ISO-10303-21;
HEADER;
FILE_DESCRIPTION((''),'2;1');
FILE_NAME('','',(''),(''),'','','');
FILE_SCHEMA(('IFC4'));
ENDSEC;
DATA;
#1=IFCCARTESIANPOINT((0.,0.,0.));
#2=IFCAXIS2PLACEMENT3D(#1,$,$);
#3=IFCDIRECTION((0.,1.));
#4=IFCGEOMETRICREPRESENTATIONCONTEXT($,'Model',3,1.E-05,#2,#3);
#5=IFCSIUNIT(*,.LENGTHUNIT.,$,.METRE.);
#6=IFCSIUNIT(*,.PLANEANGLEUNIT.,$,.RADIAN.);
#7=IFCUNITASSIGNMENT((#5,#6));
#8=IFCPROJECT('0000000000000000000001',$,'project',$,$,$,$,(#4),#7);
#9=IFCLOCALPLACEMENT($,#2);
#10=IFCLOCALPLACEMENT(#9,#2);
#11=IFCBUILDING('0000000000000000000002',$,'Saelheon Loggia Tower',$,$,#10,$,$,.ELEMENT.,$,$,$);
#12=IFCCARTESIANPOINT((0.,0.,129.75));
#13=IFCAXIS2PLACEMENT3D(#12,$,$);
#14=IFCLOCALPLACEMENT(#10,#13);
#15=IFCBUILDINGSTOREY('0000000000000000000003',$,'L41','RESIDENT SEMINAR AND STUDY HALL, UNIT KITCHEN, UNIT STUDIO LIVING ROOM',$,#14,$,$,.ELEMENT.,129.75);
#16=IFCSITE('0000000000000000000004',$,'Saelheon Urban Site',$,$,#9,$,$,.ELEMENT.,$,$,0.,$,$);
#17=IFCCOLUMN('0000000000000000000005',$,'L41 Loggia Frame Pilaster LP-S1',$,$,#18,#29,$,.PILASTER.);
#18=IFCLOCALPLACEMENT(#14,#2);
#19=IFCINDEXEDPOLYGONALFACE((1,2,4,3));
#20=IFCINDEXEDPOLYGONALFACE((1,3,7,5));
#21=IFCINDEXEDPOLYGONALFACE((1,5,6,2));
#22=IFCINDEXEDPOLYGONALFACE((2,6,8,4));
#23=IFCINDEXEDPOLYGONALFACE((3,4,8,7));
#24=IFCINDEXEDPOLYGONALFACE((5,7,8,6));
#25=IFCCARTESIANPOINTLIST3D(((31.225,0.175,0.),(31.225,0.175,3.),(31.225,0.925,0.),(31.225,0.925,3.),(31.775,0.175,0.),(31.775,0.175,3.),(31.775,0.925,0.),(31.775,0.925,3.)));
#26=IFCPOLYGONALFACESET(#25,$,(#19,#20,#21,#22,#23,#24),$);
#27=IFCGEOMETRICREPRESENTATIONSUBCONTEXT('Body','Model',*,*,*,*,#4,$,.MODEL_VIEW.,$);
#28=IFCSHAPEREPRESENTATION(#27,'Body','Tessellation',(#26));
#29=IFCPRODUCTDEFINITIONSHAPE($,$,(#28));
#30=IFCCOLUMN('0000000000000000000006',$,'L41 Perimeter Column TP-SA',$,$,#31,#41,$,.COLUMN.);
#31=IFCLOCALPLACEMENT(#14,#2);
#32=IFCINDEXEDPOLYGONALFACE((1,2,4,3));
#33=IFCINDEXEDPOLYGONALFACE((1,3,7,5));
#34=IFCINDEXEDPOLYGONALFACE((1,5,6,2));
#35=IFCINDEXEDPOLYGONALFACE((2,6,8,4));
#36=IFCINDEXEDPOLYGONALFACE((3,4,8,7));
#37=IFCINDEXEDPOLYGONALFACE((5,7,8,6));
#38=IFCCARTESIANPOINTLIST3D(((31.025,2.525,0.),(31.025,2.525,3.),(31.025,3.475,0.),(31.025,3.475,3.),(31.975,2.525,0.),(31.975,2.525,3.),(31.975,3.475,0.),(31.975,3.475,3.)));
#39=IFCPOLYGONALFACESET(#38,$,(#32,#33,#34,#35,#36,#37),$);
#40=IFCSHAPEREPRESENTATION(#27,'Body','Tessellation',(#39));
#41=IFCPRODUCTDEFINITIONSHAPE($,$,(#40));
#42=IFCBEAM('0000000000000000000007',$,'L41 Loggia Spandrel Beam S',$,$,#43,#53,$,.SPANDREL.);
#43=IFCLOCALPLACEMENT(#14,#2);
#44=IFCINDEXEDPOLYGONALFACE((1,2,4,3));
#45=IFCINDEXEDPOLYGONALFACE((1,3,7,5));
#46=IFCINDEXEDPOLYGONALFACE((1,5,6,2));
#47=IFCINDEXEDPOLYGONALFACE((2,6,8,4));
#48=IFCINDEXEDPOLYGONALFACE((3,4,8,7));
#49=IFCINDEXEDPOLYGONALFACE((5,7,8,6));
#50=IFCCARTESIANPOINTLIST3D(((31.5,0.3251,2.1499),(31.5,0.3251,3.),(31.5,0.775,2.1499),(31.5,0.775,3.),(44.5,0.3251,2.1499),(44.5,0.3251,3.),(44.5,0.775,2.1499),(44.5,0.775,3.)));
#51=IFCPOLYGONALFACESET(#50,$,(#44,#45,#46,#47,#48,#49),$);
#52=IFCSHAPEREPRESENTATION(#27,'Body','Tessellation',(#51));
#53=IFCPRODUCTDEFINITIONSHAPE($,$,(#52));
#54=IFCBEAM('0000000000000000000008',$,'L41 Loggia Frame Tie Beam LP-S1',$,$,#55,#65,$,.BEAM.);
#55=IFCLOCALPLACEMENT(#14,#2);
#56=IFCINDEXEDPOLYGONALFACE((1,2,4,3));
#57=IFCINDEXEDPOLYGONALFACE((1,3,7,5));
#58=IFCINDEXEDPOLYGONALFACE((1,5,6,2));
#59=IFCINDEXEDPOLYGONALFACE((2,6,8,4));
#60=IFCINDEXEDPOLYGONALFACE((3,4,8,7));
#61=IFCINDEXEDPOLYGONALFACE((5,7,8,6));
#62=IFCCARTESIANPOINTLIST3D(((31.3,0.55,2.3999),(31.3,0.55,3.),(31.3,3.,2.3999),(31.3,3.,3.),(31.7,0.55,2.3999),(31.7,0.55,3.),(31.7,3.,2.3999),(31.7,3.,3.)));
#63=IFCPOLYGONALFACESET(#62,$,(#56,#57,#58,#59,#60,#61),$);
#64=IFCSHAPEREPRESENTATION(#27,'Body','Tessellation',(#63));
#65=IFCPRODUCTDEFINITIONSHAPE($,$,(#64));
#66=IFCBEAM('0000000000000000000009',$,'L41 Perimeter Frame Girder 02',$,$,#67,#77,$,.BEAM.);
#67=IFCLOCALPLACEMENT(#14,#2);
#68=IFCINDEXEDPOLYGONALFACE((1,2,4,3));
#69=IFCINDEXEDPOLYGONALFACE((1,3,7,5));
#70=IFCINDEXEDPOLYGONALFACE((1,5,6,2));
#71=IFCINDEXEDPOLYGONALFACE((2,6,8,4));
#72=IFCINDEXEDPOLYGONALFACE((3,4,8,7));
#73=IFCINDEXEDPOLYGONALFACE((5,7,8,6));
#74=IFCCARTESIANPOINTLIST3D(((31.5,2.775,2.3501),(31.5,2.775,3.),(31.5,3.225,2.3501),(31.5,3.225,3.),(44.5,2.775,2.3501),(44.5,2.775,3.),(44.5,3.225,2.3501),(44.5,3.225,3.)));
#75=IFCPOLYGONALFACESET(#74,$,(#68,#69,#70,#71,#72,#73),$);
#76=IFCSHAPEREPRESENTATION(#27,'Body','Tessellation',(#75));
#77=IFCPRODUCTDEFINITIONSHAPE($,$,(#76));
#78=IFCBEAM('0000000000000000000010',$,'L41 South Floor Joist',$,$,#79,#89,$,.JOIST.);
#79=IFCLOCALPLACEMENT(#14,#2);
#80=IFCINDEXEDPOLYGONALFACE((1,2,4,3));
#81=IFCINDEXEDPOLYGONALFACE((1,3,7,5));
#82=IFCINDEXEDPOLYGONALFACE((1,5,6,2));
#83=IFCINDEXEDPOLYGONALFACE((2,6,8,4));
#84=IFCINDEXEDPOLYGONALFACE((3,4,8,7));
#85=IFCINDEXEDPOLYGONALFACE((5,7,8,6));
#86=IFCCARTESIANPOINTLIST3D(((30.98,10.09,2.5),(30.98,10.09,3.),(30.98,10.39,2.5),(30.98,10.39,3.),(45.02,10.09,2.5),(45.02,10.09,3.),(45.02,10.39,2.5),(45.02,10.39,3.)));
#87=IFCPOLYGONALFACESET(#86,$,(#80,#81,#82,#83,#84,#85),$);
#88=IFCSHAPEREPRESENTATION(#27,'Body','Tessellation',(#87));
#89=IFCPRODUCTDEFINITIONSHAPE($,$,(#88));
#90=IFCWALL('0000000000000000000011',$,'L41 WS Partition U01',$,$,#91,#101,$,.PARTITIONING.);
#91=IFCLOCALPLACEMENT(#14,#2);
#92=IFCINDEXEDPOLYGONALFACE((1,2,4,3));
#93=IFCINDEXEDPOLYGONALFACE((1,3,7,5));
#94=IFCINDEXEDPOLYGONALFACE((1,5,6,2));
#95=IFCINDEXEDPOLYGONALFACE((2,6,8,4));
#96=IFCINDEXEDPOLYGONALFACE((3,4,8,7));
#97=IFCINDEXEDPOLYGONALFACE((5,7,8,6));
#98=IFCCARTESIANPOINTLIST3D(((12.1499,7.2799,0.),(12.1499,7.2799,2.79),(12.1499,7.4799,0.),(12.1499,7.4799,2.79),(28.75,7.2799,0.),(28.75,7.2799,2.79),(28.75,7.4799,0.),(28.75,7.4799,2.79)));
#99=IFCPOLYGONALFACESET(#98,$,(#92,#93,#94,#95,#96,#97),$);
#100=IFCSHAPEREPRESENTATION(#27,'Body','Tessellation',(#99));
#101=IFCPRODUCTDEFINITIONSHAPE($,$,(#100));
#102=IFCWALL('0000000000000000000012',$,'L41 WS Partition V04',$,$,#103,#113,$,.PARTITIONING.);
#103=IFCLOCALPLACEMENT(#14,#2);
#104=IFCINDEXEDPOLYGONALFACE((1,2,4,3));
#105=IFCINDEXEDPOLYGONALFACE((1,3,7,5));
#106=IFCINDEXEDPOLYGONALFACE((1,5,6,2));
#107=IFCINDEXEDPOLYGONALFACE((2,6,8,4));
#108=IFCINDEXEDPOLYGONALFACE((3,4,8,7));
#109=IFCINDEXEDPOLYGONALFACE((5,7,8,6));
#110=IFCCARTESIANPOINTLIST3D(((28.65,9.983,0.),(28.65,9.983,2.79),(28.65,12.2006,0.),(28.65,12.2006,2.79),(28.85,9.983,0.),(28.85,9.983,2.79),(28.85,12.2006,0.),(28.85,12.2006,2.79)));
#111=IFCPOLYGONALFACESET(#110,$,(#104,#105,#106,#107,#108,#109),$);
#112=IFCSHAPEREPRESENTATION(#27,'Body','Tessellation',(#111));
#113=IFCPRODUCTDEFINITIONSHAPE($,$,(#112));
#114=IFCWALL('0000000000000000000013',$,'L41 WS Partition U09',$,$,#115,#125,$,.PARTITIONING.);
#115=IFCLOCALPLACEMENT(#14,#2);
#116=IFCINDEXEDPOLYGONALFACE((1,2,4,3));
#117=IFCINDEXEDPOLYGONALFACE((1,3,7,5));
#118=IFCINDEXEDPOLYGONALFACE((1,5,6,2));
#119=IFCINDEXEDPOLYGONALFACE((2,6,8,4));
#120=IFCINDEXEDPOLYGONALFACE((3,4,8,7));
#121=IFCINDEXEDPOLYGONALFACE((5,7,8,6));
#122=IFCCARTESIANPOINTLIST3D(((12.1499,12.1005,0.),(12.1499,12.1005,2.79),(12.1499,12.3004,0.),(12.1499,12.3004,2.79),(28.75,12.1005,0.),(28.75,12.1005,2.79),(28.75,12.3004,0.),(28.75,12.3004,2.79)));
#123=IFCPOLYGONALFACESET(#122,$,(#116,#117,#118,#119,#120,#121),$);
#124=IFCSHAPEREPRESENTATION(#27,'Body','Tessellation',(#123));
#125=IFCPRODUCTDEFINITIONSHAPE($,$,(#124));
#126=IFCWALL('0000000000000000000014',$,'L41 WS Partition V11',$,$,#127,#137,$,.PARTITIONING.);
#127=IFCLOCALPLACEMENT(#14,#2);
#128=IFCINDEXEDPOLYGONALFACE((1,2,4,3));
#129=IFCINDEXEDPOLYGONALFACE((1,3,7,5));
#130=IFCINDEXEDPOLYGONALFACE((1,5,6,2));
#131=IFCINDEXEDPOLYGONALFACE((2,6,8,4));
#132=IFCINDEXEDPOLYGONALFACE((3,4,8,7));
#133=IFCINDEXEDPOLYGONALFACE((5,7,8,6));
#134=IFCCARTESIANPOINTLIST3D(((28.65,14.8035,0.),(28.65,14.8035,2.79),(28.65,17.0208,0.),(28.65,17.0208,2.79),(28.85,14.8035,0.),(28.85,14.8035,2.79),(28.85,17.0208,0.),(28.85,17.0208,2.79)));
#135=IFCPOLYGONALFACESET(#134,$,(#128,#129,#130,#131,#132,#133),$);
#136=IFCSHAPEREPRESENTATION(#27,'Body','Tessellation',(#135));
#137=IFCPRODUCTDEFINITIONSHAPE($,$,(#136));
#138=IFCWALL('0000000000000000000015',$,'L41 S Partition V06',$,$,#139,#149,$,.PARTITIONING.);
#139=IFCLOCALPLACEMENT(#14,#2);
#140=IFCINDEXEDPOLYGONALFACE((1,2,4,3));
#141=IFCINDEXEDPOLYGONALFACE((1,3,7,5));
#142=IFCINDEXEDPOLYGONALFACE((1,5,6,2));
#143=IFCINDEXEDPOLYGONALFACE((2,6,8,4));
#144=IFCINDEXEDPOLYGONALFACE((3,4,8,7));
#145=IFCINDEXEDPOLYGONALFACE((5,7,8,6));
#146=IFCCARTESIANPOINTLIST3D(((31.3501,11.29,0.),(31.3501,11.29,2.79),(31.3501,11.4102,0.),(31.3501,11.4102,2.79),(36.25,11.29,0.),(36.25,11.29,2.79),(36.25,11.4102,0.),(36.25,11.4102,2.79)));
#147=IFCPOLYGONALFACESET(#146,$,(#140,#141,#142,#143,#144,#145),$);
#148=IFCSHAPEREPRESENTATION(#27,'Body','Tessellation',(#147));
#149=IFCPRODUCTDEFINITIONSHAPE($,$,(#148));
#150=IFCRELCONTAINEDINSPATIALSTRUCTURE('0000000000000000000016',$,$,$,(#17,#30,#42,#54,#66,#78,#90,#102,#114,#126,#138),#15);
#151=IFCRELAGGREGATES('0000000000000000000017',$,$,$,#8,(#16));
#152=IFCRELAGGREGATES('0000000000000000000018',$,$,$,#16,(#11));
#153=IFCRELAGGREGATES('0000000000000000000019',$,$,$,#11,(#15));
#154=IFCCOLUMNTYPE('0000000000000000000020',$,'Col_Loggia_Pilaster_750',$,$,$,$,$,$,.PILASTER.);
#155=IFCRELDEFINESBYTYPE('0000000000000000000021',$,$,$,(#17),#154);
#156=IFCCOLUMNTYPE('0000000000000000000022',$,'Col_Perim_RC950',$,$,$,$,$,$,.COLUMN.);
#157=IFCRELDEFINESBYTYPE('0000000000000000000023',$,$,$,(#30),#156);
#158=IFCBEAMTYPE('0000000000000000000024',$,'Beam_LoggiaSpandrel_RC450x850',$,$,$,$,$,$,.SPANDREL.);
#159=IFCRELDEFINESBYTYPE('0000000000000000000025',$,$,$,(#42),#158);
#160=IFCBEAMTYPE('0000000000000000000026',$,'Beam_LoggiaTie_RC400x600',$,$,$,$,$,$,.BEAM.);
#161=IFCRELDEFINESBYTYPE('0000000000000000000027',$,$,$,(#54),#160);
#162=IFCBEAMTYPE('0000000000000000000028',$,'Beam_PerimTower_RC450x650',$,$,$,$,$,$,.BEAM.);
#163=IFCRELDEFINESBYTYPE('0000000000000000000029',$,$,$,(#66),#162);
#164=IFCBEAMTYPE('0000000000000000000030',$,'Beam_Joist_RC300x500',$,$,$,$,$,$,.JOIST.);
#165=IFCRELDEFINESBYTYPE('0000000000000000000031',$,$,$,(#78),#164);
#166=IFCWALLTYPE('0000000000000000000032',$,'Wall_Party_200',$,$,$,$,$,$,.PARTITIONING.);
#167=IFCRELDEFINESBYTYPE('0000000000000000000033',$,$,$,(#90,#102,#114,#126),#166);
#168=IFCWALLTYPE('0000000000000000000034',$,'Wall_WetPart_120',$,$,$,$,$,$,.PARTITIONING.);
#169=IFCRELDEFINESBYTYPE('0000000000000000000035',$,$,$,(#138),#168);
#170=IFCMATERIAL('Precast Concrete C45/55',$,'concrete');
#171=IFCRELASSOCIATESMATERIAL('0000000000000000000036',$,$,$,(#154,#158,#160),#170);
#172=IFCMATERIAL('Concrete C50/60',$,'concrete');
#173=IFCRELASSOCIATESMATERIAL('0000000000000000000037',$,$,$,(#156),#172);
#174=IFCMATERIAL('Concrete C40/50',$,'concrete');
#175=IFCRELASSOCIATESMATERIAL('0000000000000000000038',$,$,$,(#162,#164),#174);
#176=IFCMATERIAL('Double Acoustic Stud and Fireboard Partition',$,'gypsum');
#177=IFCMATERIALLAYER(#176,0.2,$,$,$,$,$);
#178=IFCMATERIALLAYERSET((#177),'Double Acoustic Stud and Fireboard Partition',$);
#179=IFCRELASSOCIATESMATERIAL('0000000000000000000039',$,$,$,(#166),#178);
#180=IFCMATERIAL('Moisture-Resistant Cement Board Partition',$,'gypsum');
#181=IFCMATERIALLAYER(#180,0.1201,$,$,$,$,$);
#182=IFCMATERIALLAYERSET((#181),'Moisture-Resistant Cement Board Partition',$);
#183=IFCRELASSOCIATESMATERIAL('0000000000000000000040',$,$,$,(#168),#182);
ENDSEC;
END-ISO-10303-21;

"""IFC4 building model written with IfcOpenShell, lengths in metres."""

from ifc_helpers import new_model, si_unit, direction, frame, frame_2d, origin, origin_2d, place, context, subcontext, project, spatial, rectangle, extrude, source, transform, mapped, material, layer, layer_set, material_profile, profile_set, type_object, element, save


model = new_model("IFC4")

# Units and contexts
model_context = context("Model", 3, precision=1e-05, world=origin(), true_north=direction((0.0, 1.0)))
body_context = subcontext(model_context, "Body", "Model", "MODEL_VIEW")
ifc_project = project(units=[si_unit("LENGTHUNIT", "METRE"), si_unit("PLANEANGLEUNIT", "RADIAN")], contexts=[model_context])

# Site, building, storey
site_placement = place(None, origin())
site = spatial("IfcSite", under=ifc_project, at=site_placement, Name="Saelheon Urban Site", CompositionType="ELEMENT", RefElevation=0.0)
building_placement = place(site_placement, origin())
building = spatial("IfcBuilding", under=site, at=building_placement, Name="Saelheon Loggia Tower", CompositionType="ELEMENT")
storey_placement = place(building_placement, frame((0.0, 0.0, 129.75)))
storey = spatial("IfcBuildingStorey", under=building, at=storey_placement, Name="L41", Description="RESIDENT SEMINAR AND STUDY HALL, UNIT KITCHEN, UNIT STUDIO LIVING ROOM", CompositionType="ELEMENT", Elevation=129.75)

# Columns
ifc_material_1 = material(Name="Precast Concrete C45/55", Category="concrete")
ifc_material_profile_1 = material_profile(ifc_material_1, rectangle(XDim=0.55, YDim=0.75, at=origin_2d()), Name="RC-550x750")
ifc_profile_set_1 = profile_set([ifc_material_profile_1], Name="Precast Concrete C45/55")
column_type_1 = type_object("IfcColumnType", Name="Col_Loggia_Pilaster_750", PredefinedType="PILASTER", material=ifc_profile_set_1)
shared_shape_1 = source(origin(), body_context, "Body", "SweptSolid", [
    extrude(rectangle(XDim=0.55, YDim=0.75, at=origin_2d()), origin(), (0.0, 0.0, 1.0), 3.0),
])
column_1_placement = place(storey_placement, frame((31.5, 0.55, 0.0), z_axis=(0.0, 0.0, 1.0), x_axis=(1.0, 0.0, 0.0)))
element("IfcColumn", 1, at=column_1_placement, inside=storey, type_object=column_type_1, Name="L41 Loggia Frame Pilaster LP-S1", PredefinedType="PILASTER", context=body_context, shape_type="MappedRepresentation", body=[
    mapped(shared_shape_1, transform((0.0, 0.0, 0.0), scale=1.0)),
])
ifc_material_2 = material(Name="Concrete C50/60", Category="concrete")
ifc_material_profile_2 = material_profile(ifc_material_2, rectangle(XDim=0.95, YDim=0.95, at=origin_2d()), Name="RC-950x950")
ifc_profile_set_2 = profile_set([ifc_material_profile_2], Name="Concrete C50/60")
column_type_2 = type_object("IfcColumnType", Name="Col_Perim_RC950", PredefinedType="COLUMN", material=ifc_profile_set_2)
shared_shape_2 = source(origin(), body_context, "Body", "SweptSolid", [
    extrude(rectangle(XDim=0.95, YDim=0.95, at=origin_2d()), origin(), (0.0, 0.0, 1.0), 3.0),
])
column_2_placement = place(storey_placement, frame((31.5, 3.0, 0.0), z_axis=(0.0, 0.0, 1.0), x_axis=(1.0, 0.0, 0.0)))
element("IfcColumn", 2, at=column_2_placement, inside=storey, type_object=column_type_2, Name="L41 Perimeter Column TP-SA", PredefinedType="COLUMN", context=body_context, shape_type="MappedRepresentation", body=[
    mapped(shared_shape_2, transform((0.0, 0.0, 0.0), scale=1.0)),
])

# Beams
ifc_material_profile_3 = material_profile(ifc_material_1, rectangle(XDim=0.45, YDim=0.8501, at=origin_2d()), Name="RC-450x850")
ifc_profile_set_3 = profile_set([ifc_material_profile_3], Name="Precast Concrete C45/55")
beam_type_1 = type_object("IfcBeamType", Name="Beam_LoggiaSpandrel_RC450x850", PredefinedType="SPANDREL", material=ifc_profile_set_3)
shared_shape_3 = source(origin(), body_context, "Body", "SweptSolid", [
    extrude(rectangle(XDim=0.45, YDim=0.8501, at=origin_2d()), origin(), (0.0, 0.0, 1.0), 13.0),
])
beam_1_placement = place(storey_placement, frame((31.5, 0.55, 2.575), z_axis=(1.0, 0.0, 0.0), x_axis=(0.0, 1.0, 0.0)))
element("IfcBeam", 3, at=beam_1_placement, inside=storey, type_object=beam_type_1, Name="L41 Loggia Spandrel Beam S", PredefinedType="SPANDREL", context=body_context, shape_type="MappedRepresentation", body=[
    mapped(shared_shape_3, transform((0.0, 0.0, 0.0), scale=1.0)),
])
ifc_material_profile_4 = material_profile(ifc_material_1, rectangle(XDim=0.3999, YDim=0.6001, at=origin_2d()), Name="RC-400x600")
ifc_profile_set_4 = profile_set([ifc_material_profile_4], Name="Precast Concrete C45/55")
beam_type_2 = type_object("IfcBeamType", Name="Beam_LoggiaTie_RC400x600", PredefinedType="BEAM", material=ifc_profile_set_4)
shared_shape_4 = source(origin(), body_context, "Body", "SweptSolid", [
    extrude(rectangle(XDim=0.3999, YDim=0.6001, at=origin_2d()), origin(), (0.0, 0.0, 1.0), 2.45),
])
beam_2_placement = place(storey_placement, frame((31.5, 3.0, 2.7), z_axis=(0.0, -1.0, 0.0), x_axis=(1.0, 0.0, 0.0)))
element("IfcBeam", 4, at=beam_2_placement, inside=storey, type_object=beam_type_2, Name="L41 Loggia Frame Tie Beam LP-S1", PredefinedType="BEAM", context=body_context, shape_type="MappedRepresentation", body=[
    mapped(shared_shape_4, transform((0.0, 0.0, 0.0), scale=1.0)),
])
ifc_material_3 = material(Name="Concrete C40/50", Category="concrete")
ifc_material_profile_5 = material_profile(ifc_material_3, rectangle(XDim=0.45, YDim=0.6499, at=origin_2d()), Name="RC-450x650")
ifc_profile_set_5 = profile_set([ifc_material_profile_5], Name="Concrete C40/50")
beam_type_3 = type_object("IfcBeamType", Name="Beam_PerimTower_RC450x650", PredefinedType="BEAM", material=ifc_profile_set_5)
shared_shape_5 = source(origin(), body_context, "Body", "SweptSolid", [
    extrude(rectangle(XDim=0.45, YDim=0.6499, at=origin_2d()), origin(), (0.0, 0.0, 1.0), 13.0),
])
beam_3_placement = place(storey_placement, frame((31.5, 3.0, 2.675), z_axis=(1.0, 0.0, 0.0), x_axis=(0.0, 1.0, 0.0)))
element("IfcBeam", 5, at=beam_3_placement, inside=storey, type_object=beam_type_3, Name="L41 Perimeter Frame Girder 02", PredefinedType="BEAM", context=body_context, shape_type="MappedRepresentation", body=[
    mapped(shared_shape_5, transform((0.0, 0.0, 0.0), scale=1.0)),
])
ifc_material_profile_6 = material_profile(ifc_material_3, rectangle(XDim=0.3, YDim=0.5, at=origin_2d()), Name="RC-300x500")
ifc_profile_set_6 = profile_set([ifc_material_profile_6], Name="Concrete C40/50")
beam_type_4 = type_object("IfcBeamType", Name="Beam_Joist_RC300x500", PredefinedType="JOIST", material=ifc_profile_set_6)
shared_shape_6 = source(origin(), body_context, "Body", "SweptSolid", [
    extrude(rectangle(XDim=0.3, YDim=0.5, at=origin_2d()), origin(), (0.0, 0.0, 1.0), 14.04),
])
beam_4_placement = place(storey_placement, frame((30.98, 10.24, 2.75), z_axis=(1.0, 0.0, 0.0), x_axis=(0.0, 1.0, 0.0)))
element("IfcBeam", 6, at=beam_4_placement, inside=storey, type_object=beam_type_4, Name="L41 South Floor Joist", PredefinedType="JOIST", context=body_context, shape_type="MappedRepresentation", body=[
    mapped(shared_shape_6, transform((0.0, 0.0, 0.0), scale=1.0)),
])

# Wall
ifc_material_4 = material(Name="Double Acoustic Stud and Fireboard Partition", Category="gypsum")
ifc_layer_1 = layer(ifc_material_4, 0.2)
ifc_layer_set_1 = layer_set([ifc_layer_1], Name="Double Acoustic Stud and Fireboard Partition")
wall_type_1 = type_object("IfcWallType", Name="Wall_Party_200", PredefinedType="PARTITIONING", material=ifc_layer_set_1)
wall_1_placement = place(storey_placement, frame((28.75, 7.3799, 0.0), z_axis=(0.0, 0.0, 1.0), x_axis=(-1.0, 0.0, 0.0)))
element("IfcWall", 7, at=wall_1_placement, inside=storey, type_object=wall_type_1, Name="L41 WS Partition U01", PredefinedType="PARTITIONING", context=body_context, shape_type="SweptSolid", body=[
    extrude(rectangle(XDim=16.6001, YDim=0.2, at=frame_2d((8.3, 0.0))), origin(), (0.0, 0.0, 1.0), 2.79),
])

# Walls
wall_2_placement = place(storey_placement, frame((28.75, 9.9829, 0.0), z_axis=(0.0, 0.0, 1.0), x_axis=(0.0, 1.0, 0.0)))
element("IfcWall", 8, at=wall_2_placement, inside=storey, type_object=wall_type_1, Name="L41 WS Partition V04", PredefinedType="PARTITIONING", context=body_context, shape_type="SweptSolid", body=[
    extrude(rectangle(XDim=2.2175, YDim=0.2, at=frame_2d((1.1089, 0.0))), origin(), (0.0, 0.0, 1.0), 2.79),
])
wall_3_placement = place(storey_placement, frame((28.75, 12.2004, 0.0), z_axis=(0.0, 0.0, 1.0), x_axis=(-1.0, 0.0, 0.0)))
element("IfcWall", 9, at=wall_3_placement, inside=storey, type_object=wall_type_1, Name="L41 WS Partition U09", PredefinedType="PARTITIONING", context=body_context, shape_type="SweptSolid", body=[
    extrude(rectangle(XDim=16.6001, YDim=0.2, at=frame_2d((8.3, 0.0))), origin(), (0.0, 0.0, 1.0), 2.79),
])

# Walls
wall_4_placement = place(storey_placement, frame((28.75, 14.8035, 0.0), z_axis=(0.0, 0.0, 1.0), x_axis=(0.0, 1.0, 0.0)))
element("IfcWall", 10, at=wall_4_placement, inside=storey, type_object=wall_type_1, Name="L41 WS Partition V11", PredefinedType="PARTITIONING", context=body_context, shape_type="SweptSolid", body=[
    extrude(rectangle(XDim=2.2173, YDim=0.2, at=frame_2d((1.1086, 0.0))), origin(), (0.0, 0.0, 1.0), 2.79),
])
ifc_material_5 = material(Name="Moisture-Resistant Cement Board Partition", Category="gypsum")
ifc_layer_2 = layer(ifc_material_5, 0.1201)
ifc_layer_set_2 = layer_set([ifc_layer_2], Name="Moisture-Resistant Cement Board Partition")
wall_type_2 = type_object("IfcWallType", Name="Wall_WetPart_120", PredefinedType="PARTITIONING", material=ifc_layer_set_2)
wall_5_placement = place(storey_placement, frame((31.3501, 11.3501, 0.0), z_axis=(0.0, 0.0, 1.0), x_axis=(1.0, 0.0, 0.0)))
element("IfcWall", 11, at=wall_5_placement, inside=storey, type_object=wall_type_2, Name="L41 S Partition V06", PredefinedType="PARTITIONING", context=body_context, shape_type="SweptSolid", body=[
    extrude(rectangle(XDim=4.8999, YDim=0.1201, at=frame_2d((2.45, 0.0))), origin(), (0.0, 0.0, 1.0), 2.79),
])

save(model, "model.ifc")
